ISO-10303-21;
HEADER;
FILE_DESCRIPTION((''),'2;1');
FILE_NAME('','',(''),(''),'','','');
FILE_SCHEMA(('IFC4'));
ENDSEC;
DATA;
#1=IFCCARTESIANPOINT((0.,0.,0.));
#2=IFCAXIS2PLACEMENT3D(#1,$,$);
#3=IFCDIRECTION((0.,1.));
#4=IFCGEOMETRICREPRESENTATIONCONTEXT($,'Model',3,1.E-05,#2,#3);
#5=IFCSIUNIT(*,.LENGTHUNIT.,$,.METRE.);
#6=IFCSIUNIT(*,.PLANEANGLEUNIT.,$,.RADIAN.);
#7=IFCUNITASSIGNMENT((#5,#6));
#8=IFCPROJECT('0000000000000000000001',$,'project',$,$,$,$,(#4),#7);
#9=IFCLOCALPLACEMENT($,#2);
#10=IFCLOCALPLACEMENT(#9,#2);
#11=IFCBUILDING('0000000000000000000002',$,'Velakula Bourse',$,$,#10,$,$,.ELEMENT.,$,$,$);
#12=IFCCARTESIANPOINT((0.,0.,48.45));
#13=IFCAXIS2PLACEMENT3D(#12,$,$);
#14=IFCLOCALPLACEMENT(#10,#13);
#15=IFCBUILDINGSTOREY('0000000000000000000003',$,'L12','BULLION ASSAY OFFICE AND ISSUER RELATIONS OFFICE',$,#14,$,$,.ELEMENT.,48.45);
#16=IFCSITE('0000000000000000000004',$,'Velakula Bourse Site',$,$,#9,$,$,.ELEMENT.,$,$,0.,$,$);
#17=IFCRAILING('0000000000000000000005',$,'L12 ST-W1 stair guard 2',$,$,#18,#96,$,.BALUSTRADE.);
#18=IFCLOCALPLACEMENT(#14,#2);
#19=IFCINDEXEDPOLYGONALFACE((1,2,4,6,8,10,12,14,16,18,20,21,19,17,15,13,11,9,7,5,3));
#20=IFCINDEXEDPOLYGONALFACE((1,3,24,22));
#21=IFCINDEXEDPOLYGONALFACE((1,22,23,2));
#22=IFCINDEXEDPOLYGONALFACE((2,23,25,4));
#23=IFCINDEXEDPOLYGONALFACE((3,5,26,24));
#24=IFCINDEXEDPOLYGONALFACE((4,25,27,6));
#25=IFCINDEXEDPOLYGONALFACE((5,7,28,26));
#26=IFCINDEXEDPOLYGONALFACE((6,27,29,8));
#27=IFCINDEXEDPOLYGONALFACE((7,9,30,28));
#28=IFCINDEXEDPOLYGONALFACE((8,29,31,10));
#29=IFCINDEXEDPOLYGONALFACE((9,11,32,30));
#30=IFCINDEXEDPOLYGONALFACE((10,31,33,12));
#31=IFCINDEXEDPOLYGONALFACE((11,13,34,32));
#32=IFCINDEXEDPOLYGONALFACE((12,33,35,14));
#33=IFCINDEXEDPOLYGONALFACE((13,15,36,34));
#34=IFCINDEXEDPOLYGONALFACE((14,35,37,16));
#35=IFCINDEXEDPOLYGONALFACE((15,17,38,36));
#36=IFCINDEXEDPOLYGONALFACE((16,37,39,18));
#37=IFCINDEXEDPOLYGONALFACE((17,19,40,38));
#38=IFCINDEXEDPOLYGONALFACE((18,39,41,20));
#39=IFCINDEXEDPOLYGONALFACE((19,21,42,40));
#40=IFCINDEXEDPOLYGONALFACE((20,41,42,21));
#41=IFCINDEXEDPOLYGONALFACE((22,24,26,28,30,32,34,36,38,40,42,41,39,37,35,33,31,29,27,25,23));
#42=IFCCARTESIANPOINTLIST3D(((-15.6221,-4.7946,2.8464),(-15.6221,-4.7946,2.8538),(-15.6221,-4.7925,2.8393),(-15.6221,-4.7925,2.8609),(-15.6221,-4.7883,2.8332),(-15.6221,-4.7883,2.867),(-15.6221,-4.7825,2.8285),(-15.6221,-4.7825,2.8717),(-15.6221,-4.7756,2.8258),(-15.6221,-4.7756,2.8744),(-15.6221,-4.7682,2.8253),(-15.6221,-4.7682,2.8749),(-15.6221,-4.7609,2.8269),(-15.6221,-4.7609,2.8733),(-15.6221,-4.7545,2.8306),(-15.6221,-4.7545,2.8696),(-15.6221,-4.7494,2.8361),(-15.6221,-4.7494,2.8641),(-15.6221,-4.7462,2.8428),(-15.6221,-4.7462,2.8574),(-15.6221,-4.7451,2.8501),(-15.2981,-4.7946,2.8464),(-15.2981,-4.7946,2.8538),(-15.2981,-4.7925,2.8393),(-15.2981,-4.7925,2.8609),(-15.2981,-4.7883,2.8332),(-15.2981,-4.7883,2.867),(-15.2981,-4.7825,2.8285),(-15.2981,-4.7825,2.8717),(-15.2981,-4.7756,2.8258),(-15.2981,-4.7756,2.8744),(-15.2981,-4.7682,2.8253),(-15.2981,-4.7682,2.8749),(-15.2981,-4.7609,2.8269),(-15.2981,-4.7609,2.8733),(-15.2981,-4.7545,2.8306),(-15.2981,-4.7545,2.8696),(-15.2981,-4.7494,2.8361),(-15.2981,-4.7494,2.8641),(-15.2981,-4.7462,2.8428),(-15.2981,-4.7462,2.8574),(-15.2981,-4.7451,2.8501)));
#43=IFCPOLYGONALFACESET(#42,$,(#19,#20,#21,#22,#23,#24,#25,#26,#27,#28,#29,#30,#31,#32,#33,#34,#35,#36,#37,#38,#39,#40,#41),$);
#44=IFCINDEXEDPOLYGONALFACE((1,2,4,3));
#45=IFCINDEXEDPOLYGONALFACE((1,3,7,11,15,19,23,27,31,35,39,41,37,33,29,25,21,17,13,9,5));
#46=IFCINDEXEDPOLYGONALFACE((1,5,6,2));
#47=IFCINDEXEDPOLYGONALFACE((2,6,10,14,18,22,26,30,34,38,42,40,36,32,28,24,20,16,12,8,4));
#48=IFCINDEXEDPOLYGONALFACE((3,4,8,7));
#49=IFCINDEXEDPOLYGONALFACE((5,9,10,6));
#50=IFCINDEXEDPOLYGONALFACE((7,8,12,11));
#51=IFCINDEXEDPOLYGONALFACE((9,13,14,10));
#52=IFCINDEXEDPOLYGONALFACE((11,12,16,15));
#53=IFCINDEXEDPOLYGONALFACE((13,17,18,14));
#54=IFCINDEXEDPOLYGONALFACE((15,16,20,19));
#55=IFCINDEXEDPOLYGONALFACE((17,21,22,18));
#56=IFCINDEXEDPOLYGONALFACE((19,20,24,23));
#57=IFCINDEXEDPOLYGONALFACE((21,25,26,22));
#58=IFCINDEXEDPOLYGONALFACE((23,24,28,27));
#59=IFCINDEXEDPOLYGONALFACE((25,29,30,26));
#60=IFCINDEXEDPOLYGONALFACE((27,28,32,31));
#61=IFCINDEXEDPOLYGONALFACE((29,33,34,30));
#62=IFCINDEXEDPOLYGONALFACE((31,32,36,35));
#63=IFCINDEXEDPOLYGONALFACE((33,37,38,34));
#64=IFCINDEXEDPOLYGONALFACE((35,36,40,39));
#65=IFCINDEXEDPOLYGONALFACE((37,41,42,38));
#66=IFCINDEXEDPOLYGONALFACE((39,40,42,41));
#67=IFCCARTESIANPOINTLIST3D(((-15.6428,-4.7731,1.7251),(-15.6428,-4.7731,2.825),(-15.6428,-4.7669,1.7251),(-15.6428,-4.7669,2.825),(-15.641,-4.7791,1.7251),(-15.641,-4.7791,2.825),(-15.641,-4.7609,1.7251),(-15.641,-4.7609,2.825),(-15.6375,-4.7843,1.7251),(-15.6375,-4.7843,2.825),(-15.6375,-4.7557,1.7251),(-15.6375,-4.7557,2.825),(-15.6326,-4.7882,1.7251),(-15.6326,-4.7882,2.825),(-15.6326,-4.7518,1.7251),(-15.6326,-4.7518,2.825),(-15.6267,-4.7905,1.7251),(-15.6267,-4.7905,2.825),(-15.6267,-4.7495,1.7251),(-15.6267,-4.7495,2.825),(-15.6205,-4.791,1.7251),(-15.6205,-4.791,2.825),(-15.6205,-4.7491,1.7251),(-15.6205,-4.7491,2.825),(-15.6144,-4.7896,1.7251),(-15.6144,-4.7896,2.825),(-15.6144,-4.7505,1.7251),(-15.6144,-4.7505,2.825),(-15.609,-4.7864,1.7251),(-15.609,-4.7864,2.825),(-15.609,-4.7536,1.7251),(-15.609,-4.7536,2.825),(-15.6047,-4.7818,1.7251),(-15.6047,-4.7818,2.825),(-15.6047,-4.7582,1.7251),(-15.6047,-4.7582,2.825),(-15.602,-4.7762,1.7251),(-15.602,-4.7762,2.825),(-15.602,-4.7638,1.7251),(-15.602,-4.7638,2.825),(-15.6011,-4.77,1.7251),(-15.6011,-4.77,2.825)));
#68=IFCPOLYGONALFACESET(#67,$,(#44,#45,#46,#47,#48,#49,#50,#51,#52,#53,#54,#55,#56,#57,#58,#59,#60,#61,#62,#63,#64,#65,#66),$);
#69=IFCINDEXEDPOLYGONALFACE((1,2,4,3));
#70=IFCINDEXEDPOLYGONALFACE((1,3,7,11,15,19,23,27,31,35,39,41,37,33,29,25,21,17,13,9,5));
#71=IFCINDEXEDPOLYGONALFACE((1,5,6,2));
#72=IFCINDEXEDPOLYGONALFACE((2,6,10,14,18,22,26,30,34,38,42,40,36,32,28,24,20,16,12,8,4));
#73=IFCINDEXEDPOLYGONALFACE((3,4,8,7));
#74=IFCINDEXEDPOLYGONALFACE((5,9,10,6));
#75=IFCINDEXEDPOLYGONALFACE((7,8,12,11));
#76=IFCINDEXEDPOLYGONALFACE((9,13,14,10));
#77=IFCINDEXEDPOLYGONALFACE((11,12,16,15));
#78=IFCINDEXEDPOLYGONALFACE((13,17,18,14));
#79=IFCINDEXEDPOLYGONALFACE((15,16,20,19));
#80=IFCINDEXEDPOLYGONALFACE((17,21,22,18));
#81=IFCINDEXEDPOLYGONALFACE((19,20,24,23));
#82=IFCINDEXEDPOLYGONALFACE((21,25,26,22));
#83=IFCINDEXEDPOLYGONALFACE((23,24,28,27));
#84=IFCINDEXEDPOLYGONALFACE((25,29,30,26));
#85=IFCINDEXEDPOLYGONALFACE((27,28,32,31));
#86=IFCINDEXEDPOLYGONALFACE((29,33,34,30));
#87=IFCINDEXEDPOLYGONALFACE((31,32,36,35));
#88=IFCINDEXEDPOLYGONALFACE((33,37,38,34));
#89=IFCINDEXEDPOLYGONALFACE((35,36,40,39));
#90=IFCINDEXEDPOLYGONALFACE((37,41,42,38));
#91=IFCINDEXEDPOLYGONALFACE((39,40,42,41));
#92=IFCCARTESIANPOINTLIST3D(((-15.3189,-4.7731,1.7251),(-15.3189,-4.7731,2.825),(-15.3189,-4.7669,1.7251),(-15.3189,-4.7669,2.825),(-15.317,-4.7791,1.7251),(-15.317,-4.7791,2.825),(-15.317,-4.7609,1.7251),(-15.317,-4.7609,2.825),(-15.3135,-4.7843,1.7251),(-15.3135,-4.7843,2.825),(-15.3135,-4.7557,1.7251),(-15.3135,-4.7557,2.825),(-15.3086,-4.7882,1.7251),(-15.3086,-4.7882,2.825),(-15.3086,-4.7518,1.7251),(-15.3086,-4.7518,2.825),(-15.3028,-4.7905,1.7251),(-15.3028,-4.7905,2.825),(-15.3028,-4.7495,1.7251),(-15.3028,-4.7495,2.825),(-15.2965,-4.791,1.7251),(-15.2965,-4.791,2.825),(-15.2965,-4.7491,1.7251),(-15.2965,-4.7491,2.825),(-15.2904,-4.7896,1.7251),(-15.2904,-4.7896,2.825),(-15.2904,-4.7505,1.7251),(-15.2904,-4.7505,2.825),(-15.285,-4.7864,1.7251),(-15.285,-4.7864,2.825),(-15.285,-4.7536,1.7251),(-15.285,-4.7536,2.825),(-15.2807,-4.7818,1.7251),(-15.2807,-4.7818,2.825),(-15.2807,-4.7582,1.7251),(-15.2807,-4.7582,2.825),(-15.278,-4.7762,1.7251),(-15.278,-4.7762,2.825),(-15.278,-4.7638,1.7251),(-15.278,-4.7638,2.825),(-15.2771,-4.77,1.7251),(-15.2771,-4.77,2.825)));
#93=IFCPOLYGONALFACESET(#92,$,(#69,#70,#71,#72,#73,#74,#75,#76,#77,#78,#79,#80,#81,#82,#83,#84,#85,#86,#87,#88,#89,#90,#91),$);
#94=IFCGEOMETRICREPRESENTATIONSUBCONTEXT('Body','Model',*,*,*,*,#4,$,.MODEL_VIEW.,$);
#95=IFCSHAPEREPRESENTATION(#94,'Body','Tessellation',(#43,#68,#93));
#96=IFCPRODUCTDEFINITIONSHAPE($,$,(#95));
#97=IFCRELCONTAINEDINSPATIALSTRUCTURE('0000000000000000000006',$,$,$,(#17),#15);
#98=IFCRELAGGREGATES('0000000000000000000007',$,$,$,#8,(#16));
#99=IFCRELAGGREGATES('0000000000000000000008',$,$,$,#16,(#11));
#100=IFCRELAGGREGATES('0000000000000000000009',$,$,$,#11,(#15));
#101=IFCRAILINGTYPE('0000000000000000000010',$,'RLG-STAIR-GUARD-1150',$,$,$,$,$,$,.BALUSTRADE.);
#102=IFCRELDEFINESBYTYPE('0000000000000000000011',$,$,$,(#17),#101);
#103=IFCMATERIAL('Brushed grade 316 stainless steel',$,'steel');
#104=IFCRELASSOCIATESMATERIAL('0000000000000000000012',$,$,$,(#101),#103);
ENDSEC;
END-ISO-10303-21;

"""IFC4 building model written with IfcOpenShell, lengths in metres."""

from ifc_helpers import new_model, si_unit, direction, frame, origin, origin_2d, place, context, subcontext, project, spatial, circle, extrude, material, type_object, element, save


model = new_model("IFC4")

# Units and contexts
model_context = context("Model", 3, precision=1e-05, world=origin(), true_north=direction((0.0, 1.0)))
body_context = subcontext(model_context, "Body", "Model", "MODEL_VIEW")
ifc_project = project(units=[si_unit("LENGTHUNIT", "METRE"), si_unit("PLANEANGLEUNIT", "RADIAN")], contexts=[model_context])

# Site, building, storey
site_placement = place(None, origin())
site = spatial("IfcSite", under=ifc_project, at=site_placement, Name="Velakula Bourse Site", CompositionType="ELEMENT", RefElevation=0.0)
building_placement = place(site_placement, origin())
building = spatial("IfcBuilding", under=site, at=building_placement, Name="Velakula Bourse", CompositionType="ELEMENT")
storey_placement = place(building_placement, frame((0.0, 0.0, 48.45)))
storey = spatial("IfcBuildingStorey", under=building, at=storey_placement, Name="L12", Description="BULLION ASSAY OFFICE AND ISSUER RELATIONS OFFICE", CompositionType="ELEMENT", Elevation=48.45)

# Shared definitions
ifc_material_1 = material(Name="Brushed grade 316 stainless steel", Category="steel")

# Railing
railing_type_1 = type_object("IfcRailingType", Name="RLG-STAIR-GUARD-1150", PredefinedType="BALUSTRADE", material=ifc_material_1)
railing_1_placement = place(storey_placement, frame((-15.6221, -4.77, 1.7251)))
element("IfcRailing", 1, at=railing_1_placement, inside=storey, type_object=railing_type_1, Name="L12 ST-W1 stair guard 2", PredefinedType="BALUSTRADE", context=body_context, shape_type="SweptSolid", body=[
    extrude(circle(Radius=0.0249, at=origin_2d()), frame((0.0, 0.0, 1.125), z_axis=(1.0, 0.0, 0.0), x_axis=(0.0, 1.0, 0.0)), (0.0, 0.0, 1.0), 0.324),
    extrude(circle(Radius=0.021, at=origin_2d()), origin(), (0.0, 0.0, 1.0), 1.0999),
    extrude(circle(Radius=0.021, at=origin_2d()), frame((0.324, 0.0, 0.0)), (0.0, 0.0, 1.0), 1.0999),
])

save(model, "model.ifc")
